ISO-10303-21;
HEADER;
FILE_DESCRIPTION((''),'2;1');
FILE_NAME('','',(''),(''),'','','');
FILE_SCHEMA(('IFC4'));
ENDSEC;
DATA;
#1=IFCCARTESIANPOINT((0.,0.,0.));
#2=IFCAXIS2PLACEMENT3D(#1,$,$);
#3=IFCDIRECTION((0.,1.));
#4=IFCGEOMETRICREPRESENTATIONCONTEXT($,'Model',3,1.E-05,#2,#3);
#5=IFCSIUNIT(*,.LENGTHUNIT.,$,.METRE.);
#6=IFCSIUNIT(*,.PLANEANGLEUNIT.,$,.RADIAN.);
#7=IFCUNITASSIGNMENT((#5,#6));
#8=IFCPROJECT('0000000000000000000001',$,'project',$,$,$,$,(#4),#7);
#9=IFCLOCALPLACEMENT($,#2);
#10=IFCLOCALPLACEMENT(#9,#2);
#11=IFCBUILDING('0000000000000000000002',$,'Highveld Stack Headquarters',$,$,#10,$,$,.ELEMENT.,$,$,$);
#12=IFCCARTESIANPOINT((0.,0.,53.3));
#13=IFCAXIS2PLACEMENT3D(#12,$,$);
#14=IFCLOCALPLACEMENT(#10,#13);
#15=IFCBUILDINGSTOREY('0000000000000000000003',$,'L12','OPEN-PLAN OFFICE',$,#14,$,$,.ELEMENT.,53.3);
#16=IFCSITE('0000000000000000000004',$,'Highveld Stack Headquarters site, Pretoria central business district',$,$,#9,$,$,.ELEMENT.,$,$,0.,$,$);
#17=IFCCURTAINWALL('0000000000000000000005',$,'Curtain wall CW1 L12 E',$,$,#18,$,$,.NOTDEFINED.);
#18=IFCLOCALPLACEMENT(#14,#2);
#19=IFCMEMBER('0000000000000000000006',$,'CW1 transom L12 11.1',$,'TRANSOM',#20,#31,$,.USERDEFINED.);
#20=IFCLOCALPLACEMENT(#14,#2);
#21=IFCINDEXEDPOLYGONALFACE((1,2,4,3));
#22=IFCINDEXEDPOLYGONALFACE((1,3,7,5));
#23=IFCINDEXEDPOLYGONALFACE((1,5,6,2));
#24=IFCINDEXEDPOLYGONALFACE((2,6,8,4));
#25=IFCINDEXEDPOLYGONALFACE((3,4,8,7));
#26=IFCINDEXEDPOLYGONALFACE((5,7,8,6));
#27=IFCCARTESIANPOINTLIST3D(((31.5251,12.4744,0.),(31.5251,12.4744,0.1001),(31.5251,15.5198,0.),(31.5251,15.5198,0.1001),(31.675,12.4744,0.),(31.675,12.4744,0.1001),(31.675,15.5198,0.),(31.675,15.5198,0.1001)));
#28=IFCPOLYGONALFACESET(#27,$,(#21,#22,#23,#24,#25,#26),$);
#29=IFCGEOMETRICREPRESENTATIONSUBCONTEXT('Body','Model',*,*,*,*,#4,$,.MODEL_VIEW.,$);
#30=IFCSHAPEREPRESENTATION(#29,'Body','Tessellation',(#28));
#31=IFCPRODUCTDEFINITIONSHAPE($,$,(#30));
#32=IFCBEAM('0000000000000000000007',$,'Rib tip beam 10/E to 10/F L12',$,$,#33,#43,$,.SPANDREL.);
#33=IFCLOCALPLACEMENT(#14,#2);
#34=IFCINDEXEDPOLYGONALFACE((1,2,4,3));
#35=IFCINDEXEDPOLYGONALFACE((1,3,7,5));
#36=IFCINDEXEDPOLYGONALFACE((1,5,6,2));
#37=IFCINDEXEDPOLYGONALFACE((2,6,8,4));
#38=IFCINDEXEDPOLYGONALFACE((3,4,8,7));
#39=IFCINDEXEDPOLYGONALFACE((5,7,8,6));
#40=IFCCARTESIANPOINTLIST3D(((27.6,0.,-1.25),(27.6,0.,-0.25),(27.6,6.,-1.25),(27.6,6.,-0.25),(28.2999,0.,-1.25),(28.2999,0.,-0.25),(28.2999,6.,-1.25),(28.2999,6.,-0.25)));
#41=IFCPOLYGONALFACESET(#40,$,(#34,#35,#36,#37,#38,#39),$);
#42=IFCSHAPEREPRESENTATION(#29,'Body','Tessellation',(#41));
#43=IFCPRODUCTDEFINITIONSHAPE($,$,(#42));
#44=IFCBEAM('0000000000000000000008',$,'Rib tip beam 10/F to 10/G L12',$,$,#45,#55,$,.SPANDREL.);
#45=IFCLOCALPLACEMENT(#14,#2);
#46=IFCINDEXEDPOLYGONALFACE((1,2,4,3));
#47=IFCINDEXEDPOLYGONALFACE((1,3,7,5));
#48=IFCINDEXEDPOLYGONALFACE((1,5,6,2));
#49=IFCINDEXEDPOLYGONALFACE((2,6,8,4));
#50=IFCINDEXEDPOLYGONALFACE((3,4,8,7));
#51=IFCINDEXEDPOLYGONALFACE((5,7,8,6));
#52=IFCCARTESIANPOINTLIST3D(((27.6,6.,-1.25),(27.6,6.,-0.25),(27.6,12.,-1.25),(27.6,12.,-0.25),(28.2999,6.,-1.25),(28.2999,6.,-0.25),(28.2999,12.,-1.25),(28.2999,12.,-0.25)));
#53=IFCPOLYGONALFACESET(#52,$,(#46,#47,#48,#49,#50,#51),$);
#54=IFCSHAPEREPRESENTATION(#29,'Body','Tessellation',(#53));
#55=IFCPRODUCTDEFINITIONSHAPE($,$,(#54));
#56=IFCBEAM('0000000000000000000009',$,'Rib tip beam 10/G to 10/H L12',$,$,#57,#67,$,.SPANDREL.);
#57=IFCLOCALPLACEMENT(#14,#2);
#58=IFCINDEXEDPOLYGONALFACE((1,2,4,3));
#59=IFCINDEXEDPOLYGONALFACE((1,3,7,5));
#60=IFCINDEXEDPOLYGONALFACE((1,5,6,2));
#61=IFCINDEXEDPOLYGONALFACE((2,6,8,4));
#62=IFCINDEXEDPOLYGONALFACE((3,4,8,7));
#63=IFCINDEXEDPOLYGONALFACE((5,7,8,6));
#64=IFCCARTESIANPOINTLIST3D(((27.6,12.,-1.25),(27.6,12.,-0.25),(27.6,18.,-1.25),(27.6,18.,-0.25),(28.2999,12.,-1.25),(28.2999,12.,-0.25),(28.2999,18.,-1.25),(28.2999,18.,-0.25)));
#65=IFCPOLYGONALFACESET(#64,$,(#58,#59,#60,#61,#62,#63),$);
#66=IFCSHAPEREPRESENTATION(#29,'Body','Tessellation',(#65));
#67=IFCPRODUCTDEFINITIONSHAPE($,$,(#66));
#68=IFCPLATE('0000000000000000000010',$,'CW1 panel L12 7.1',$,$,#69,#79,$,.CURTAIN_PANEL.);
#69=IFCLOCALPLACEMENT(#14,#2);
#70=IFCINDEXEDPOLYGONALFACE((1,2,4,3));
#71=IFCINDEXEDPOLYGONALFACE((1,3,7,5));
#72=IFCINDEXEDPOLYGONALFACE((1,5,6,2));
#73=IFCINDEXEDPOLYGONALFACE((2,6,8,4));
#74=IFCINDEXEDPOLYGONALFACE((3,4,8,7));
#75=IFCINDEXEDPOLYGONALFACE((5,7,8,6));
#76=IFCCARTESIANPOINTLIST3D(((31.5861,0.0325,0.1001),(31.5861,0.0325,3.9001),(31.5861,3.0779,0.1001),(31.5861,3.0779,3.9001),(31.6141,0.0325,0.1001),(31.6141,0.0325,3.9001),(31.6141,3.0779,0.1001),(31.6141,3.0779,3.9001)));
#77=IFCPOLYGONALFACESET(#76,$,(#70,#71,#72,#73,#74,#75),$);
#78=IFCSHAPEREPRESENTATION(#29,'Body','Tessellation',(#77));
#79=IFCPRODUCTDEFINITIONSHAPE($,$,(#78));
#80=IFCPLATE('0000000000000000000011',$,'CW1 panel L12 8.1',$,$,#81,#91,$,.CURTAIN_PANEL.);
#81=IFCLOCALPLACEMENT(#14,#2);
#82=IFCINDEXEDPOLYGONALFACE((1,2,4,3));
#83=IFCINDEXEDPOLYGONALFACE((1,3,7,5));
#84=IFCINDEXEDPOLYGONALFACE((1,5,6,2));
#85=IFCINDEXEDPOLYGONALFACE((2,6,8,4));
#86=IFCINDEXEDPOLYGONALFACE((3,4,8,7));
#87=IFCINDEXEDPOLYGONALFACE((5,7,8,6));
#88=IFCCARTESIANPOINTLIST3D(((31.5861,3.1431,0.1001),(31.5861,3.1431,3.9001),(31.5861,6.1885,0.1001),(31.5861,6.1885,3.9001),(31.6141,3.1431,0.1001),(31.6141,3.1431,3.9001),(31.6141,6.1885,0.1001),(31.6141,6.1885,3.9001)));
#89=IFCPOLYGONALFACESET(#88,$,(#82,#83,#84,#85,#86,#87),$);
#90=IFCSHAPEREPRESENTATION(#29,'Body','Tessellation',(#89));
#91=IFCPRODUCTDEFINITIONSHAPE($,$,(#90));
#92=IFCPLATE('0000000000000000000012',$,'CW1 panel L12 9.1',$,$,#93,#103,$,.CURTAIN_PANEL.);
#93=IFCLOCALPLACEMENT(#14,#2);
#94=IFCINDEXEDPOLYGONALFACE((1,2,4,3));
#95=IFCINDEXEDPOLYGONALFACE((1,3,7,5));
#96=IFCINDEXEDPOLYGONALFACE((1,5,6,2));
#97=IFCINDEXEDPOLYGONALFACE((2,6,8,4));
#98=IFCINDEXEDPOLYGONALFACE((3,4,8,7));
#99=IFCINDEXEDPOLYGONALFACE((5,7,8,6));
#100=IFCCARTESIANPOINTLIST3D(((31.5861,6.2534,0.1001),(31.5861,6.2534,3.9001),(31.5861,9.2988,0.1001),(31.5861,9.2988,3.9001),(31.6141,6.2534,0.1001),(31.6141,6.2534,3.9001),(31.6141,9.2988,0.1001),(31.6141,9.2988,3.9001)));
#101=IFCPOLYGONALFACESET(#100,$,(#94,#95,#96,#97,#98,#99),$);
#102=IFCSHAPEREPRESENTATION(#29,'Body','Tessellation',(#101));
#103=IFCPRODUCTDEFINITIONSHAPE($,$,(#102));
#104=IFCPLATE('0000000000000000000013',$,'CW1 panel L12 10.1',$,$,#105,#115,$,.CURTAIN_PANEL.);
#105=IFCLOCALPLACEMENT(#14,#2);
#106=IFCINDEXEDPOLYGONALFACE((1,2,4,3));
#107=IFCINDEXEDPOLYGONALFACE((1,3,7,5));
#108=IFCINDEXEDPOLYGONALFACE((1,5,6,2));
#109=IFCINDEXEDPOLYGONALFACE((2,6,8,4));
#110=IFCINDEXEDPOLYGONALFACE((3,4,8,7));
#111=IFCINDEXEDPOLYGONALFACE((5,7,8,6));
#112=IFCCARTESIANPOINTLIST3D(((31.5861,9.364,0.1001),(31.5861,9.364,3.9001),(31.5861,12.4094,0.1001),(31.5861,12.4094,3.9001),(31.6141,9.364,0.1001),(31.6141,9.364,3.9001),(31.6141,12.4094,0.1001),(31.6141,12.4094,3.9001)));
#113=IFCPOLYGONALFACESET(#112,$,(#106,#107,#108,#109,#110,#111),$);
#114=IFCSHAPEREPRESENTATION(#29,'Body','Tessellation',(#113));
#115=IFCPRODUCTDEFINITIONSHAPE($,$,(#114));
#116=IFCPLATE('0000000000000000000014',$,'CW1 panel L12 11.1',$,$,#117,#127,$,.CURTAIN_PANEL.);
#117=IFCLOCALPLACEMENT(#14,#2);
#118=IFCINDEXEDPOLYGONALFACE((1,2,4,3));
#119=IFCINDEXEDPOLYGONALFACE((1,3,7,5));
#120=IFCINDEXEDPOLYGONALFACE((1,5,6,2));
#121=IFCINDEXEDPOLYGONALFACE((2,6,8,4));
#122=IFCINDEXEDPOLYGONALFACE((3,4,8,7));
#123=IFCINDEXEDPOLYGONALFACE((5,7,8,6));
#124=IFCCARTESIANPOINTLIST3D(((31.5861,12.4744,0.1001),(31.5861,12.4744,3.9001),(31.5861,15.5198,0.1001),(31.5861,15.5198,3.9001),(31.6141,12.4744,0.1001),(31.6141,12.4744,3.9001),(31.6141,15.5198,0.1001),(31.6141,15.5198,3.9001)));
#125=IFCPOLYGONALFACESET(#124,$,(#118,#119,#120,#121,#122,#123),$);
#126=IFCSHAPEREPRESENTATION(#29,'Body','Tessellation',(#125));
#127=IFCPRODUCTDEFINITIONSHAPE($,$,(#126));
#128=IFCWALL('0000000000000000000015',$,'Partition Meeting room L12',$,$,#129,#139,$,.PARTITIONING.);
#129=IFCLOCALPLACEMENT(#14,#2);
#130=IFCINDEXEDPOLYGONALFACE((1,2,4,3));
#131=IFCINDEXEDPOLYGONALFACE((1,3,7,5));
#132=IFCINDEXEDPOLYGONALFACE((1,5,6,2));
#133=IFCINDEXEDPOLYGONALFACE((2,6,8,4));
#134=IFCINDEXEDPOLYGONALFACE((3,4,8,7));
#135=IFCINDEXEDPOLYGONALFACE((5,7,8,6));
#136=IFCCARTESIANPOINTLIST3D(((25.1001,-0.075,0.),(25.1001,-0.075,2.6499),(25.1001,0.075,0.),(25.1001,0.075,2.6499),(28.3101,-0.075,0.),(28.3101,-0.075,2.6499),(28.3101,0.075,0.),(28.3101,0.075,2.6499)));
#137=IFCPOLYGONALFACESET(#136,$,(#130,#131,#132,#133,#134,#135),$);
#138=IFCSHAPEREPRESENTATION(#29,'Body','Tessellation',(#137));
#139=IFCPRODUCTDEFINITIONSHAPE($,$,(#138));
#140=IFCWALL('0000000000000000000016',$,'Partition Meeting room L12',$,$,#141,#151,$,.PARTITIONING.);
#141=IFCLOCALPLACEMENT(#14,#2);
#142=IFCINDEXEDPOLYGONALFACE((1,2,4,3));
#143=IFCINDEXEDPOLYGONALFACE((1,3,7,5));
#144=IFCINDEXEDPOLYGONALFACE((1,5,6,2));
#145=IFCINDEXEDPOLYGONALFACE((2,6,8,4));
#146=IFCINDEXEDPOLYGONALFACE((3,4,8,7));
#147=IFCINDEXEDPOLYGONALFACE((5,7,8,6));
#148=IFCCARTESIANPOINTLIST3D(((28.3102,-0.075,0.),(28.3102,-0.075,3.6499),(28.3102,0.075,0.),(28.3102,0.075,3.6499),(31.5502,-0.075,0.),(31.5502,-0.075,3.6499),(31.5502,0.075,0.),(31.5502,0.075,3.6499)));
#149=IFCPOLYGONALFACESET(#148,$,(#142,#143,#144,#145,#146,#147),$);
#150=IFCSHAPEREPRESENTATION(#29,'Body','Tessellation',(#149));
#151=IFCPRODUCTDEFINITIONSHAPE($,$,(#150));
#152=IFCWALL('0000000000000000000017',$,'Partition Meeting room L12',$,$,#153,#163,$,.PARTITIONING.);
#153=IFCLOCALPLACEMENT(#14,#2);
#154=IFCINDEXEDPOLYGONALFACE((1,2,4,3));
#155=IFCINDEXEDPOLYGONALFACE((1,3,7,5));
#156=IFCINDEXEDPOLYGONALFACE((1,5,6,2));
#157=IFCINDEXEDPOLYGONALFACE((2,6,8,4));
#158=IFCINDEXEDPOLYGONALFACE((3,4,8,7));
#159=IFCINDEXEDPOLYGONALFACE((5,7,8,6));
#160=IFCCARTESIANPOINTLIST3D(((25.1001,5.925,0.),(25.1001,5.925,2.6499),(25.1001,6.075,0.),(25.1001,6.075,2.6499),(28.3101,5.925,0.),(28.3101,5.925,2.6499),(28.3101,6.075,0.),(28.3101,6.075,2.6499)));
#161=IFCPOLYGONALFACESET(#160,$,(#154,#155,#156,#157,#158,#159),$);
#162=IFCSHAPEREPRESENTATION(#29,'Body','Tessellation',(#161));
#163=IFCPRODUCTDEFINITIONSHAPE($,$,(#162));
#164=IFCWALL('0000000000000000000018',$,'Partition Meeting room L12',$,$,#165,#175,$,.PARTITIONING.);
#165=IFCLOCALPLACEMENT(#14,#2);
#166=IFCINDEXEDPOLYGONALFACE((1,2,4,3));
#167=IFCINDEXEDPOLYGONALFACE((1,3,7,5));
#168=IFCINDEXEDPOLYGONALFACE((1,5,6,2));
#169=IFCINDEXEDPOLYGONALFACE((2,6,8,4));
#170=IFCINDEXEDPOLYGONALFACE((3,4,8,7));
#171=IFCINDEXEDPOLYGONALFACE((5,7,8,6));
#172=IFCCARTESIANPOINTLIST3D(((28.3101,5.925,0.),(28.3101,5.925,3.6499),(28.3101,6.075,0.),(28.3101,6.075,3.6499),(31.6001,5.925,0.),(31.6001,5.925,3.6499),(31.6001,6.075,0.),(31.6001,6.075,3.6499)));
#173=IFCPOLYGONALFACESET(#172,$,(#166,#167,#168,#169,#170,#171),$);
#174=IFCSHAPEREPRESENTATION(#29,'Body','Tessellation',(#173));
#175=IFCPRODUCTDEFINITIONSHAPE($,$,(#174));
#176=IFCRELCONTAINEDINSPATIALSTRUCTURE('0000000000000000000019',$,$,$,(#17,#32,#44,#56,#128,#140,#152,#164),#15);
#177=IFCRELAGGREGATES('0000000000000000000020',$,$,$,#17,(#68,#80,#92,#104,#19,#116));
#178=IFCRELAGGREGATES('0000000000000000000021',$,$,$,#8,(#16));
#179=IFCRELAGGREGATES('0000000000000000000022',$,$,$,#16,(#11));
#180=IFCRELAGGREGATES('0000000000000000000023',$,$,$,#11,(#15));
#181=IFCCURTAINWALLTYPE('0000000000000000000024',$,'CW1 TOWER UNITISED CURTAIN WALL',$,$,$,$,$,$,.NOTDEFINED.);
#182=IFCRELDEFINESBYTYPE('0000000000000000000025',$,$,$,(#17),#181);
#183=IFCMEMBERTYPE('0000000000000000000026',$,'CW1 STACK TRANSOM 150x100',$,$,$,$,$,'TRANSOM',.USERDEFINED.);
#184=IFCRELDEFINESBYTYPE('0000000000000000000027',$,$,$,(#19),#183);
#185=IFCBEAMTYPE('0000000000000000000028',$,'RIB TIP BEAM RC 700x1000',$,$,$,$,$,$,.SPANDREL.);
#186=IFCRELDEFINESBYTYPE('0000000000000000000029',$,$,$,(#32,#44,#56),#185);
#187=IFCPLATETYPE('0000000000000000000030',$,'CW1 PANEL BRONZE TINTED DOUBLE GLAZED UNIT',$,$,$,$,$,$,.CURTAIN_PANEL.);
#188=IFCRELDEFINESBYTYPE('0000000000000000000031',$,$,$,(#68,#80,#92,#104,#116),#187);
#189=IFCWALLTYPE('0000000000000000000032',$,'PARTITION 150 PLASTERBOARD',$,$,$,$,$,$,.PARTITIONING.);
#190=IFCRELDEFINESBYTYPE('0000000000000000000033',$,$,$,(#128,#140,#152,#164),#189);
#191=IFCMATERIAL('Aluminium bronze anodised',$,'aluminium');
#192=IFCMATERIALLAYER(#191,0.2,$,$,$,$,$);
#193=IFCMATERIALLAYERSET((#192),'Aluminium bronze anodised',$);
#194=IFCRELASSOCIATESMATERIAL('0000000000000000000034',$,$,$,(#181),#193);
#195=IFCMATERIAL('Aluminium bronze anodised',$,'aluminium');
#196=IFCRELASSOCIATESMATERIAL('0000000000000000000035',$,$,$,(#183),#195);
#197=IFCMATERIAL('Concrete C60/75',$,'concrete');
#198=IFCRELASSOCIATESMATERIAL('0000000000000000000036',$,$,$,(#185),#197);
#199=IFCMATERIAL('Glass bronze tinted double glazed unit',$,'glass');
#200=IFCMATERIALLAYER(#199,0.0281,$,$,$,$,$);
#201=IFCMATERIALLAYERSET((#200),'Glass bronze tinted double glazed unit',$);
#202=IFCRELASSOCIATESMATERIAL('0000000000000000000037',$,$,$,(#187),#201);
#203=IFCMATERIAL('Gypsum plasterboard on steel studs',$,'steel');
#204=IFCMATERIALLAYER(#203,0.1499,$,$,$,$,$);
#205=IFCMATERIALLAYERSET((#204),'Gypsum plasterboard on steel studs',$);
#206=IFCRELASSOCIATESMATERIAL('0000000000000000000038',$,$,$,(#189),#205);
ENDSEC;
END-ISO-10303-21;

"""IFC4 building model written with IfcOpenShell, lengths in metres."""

from ifc_helpers import new_model, si_unit, direction, frame, frame_2d, origin, origin_2d, place, context, subcontext, project, spatial, rectangle, extrude, material, layer, layer_set, material_profile, profile_set, type_object, element, aggregate, save


model = new_model("IFC4")

# Units and contexts
model_context = context("Model", 3, precision=1e-05, world=origin(), true_north=direction((0.0, 1.0)))
body_context = subcontext(model_context, "Body", "Model", "MODEL_VIEW")
ifc_project = project(units=[si_unit("LENGTHUNIT", "METRE"), si_unit("PLANEANGLEUNIT", "RADIAN")], contexts=[model_context])

# Site, building, storey
site_placement = place(None, origin())
site = spatial("IfcSite", under=ifc_project, at=site_placement, Name="Highveld Stack Headquarters site, Pretoria central business district", CompositionType="ELEMENT", RefElevation=0.0)
building_placement = place(site_placement, origin())
building = spatial("IfcBuilding", under=site, at=building_placement, Name="Highveld Stack Headquarters", CompositionType="ELEMENT")
storey_placement = place(building_placement, frame((0.0, 0.0, 53.3)))
storey = spatial("IfcBuildingStorey", under=building, at=storey_placement, Name="L12", Description="OPEN-PLAN OFFICE", CompositionType="ELEMENT", Elevation=53.3)

# Curtain wall, member
ifc_material_1 = material(Name="Aluminium bronze anodised", Category="aluminium")
ifc_layer_1 = layer(ifc_material_1, 0.2)
ifc_layer_set_1 = layer_set([ifc_layer_1], Name="Aluminium bronze anodised")
curtain_wall_type = type_object("IfcCurtainWallType", Name="CW1 TOWER UNITISED CURTAIN WALL", PredefinedType="NOTDEFINED", material=ifc_layer_set_1)
curtain_wall_placement = place(storey_placement, origin())
curtain_wall = element("IfcCurtainWall", 1, at=curtain_wall_placement, inside=storey, type_object=curtain_wall_type, Name="Curtain wall CW1 L12 E", PredefinedType="NOTDEFINED")
ifc_material_2 = material(Name="Aluminium bronze anodised", Category="aluminium")
ifc_material_profile_1 = material_profile(ifc_material_2, rectangle(XDim=0.1499, YDim=0.1001, at=origin_2d()), Name="CW1 TRANSOM 150x100")
ifc_profile_set_1 = profile_set([ifc_material_profile_1], Name="Aluminium bronze anodised")
member_type_1 = type_object("IfcMemberType", Name="CW1 STACK TRANSOM 150x100", ElementType="TRANSOM", PredefinedType="USERDEFINED", material=ifc_profile_set_1)
member_1_placement = place(storey_placement, frame((31.6001, 12.4744, 0.05), z_axis=(0.0, 1.0, 0.0), x_axis=(-1.0, 0.0, 0.0)))
member_1 = element("IfcMember", 2, at=member_1_placement, type_object=member_type_1, Name="CW1 transom L12 11.1", ObjectType="TRANSOM", PredefinedType="USERDEFINED", context=body_context, shape_type="SweptSolid", body=[
    extrude(rectangle(XDim=0.1499, YDim=0.1001, at=origin_2d()), origin(), (0.0, 0.0, 1.0), 3.0454),
])

# Beams
ifc_material_3 = material(Name="Concrete C60/75", Category="concrete")
ifc_material_profile_2 = material_profile(ifc_material_3, rectangle(XDim=0.7, YDim=1.0, at=origin_2d()), Name="RC 700x1000")
ifc_profile_set_2 = profile_set([ifc_material_profile_2], Name="Concrete C60/75")
beam_type = type_object("IfcBeamType", Name="RIB TIP BEAM RC 700x1000", PredefinedType="SPANDREL", material=ifc_profile_set_2)
for number, where, z_axis, x_axis, name in (
    (3, (27.95, 0.0, -0.75), (0.0, 1.0, 0.0), (-1.0, 0.0, 0.0), "Rib tip beam 10/E to 10/F L12"),
    (4, (27.95, 6.0, -0.75), (0.0, 1.0, 0.0), (-1.0, 0.0, 0.0), "Rib tip beam 10/F to 10/G L12"),
    (5, (27.95, 12.0, -0.75), (0.0, 1.0, 0.0), (-1.0, 0.0, 0.0), "Rib tip beam 10/G to 10/H L12"),
):
    element("IfcBeam", number, at=place(storey_placement, frame(where, z_axis=z_axis, x_axis=x_axis)), inside=storey, type_object=beam_type, Name=name, PredefinedType="SPANDREL", context=body_context, shape_type="SweptSolid", body=[
        extrude(rectangle(XDim=0.7, YDim=1.0, at=origin_2d()), origin(), (0.0, 0.0, 1.0), 6.0),
    ])

# Plates
ifc_material_4 = material(Name="Glass bronze tinted double glazed unit", Category="glass")
ifc_layer_2 = layer(ifc_material_4, 0.0281)
ifc_layer_set_2 = layer_set([ifc_layer_2], Name="Glass bronze tinted double glazed unit")
plate_type = type_object("IfcPlateType", Name="CW1 PANEL BRONZE TINTED DOUBLE GLAZED UNIT", PredefinedType="CURTAIN_PANEL", material=ifc_layer_set_2)
plate_1_placement = place(storey_placement, frame((31.6001, 1.5552, 0.1001), z_axis=(0.0, 0.0, 1.0), x_axis=(0.0, 1.0, 0.0)))
plate_1 = element("IfcPlate", 6, at=plate_1_placement, type_object=plate_type, Name="CW1 panel L12 7.1", PredefinedType="CURTAIN_PANEL", context=body_context, shape_type="SweptSolid", body=[
    extrude(rectangle(XDim=3.0454, YDim=0.0281, at=origin_2d()), origin(), (0.0, 0.0, 1.0), 3.8),
])
plate_2_placement = place(storey_placement, frame((31.6001, 4.6658, 0.1001), z_axis=(0.0, 0.0, 1.0), x_axis=(0.0, 1.0, 0.0)))
plate_2 = element("IfcPlate", 7, at=plate_2_placement, type_object=plate_type, Name="CW1 panel L12 8.1", PredefinedType="CURTAIN_PANEL", context=body_context, shape_type="SweptSolid", body=[
    extrude(rectangle(XDim=3.0454, YDim=0.0281, at=origin_2d()), origin(), (0.0, 0.0, 1.0), 3.8),
])
plate_3_placement = place(storey_placement, frame((31.6001, 7.7761, 0.1001), z_axis=(0.0, 0.0, 1.0), x_axis=(0.0, 1.0, 0.0)))
plate_3 = element("IfcPlate", 8, at=plate_3_placement, type_object=plate_type, Name="CW1 panel L12 9.1", PredefinedType="CURTAIN_PANEL", context=body_context, shape_type="SweptSolid", body=[
    extrude(rectangle(XDim=3.0454, YDim=0.0281, at=origin_2d()), origin(), (0.0, 0.0, 1.0), 3.8),
])
plate_4_placement = place(storey_placement, frame((31.6001, 10.8867, 0.1001), z_axis=(0.0, 0.0, 1.0), x_axis=(0.0, 1.0, 0.0)))
plate_4 = element("IfcPlate", 9, at=plate_4_placement, type_object=plate_type, Name="CW1 panel L12 10.1", PredefinedType="CURTAIN_PANEL", context=body_context, shape_type="SweptSolid", body=[
    extrude(rectangle(XDim=3.0454, YDim=0.0281, at=origin_2d()), origin(), (0.0, 0.0, 1.0), 3.8),
])
plate_5_placement = place(storey_placement, frame((31.6001, 13.9971, 0.1001), z_axis=(0.0, 0.0, 1.0), x_axis=(0.0, 1.0, 0.0)))
plate_5 = element("IfcPlate", 10, at=plate_5_placement, type_object=plate_type, Name="CW1 panel L12 11.1", PredefinedType="CURTAIN_PANEL", context=body_context, shape_type="SweptSolid", body=[
    extrude(rectangle(XDim=3.0454, YDim=0.0281, at=origin_2d()), origin(), (0.0, 0.0, 1.0), 3.8),
])
aggregate(curtain_wall, [plate_1, plate_2, plate_3, plate_4, member_1, plate_5])

# Walls
ifc_material_5 = material(Name="Gypsum plasterboard on steel studs", Category="steel")
ifc_layer_3 = layer(ifc_material_5, 0.1499)
ifc_layer_set_3 = layer_set([ifc_layer_3], Name="Gypsum plasterboard on steel studs")
wall_type = type_object("IfcWallType", Name="PARTITION 150 PLASTERBOARD", PredefinedType="PARTITIONING", material=ifc_layer_set_3)
wall_1_placement = place(storey_placement, frame((25.1001, 0.0, 0.0), z_axis=(0.0, 0.0, 1.0), x_axis=(1.0, 0.0, 0.0)))
element("IfcWall", 11, at=wall_1_placement, inside=storey, type_object=wall_type, Name="Partition Meeting room L12", PredefinedType="PARTITIONING", context=body_context, shape_type="SweptSolid", body=[
    extrude(rectangle(XDim=3.21, YDim=0.1499, at=frame_2d((1.605, 0.0))), origin(), (0.0, 0.0, 1.0), 2.6499),
])
wall_2_placement = place(storey_placement, frame((28.3101, 0.0, 0.0), z_axis=(0.0, 0.0, 1.0), x_axis=(1.0, 0.0, 0.0)))
element("IfcWall", 12, at=wall_2_placement, inside=storey, type_object=wall_type, Name="Partition Meeting room L12", PredefinedType="PARTITIONING", context=body_context, shape_type="SweptSolid", body=[
    extrude(rectangle(XDim=3.24, YDim=0.1499, at=frame_2d((1.6201, 0.0))), origin(), (0.0, 0.0, 1.0), 3.6499),
])
wall_3_placement = place(storey_placement, frame((25.1001, 6.0, 0.0), z_axis=(0.0, 0.0, 1.0), x_axis=(1.0, 0.0, 0.0)))
element("IfcWall", 13, at=wall_3_placement, inside=storey, type_object=wall_type, Name="Partition Meeting room L12", PredefinedType="PARTITIONING", context=body_context, shape_type="SweptSolid", body=[
    extrude(rectangle(XDim=3.21, YDim=0.1499, at=frame_2d((1.605, 0.0))), origin(), (0.0, 0.0, 1.0), 2.6499),
])
wall_4_placement = place(storey_placement, frame((28.3101, 6.0, 0.0), z_axis=(0.0, 0.0, 1.0), x_axis=(1.0, 0.0, 0.0)))
element("IfcWall", 14, at=wall_4_placement, inside=storey, type_object=wall_type, Name="Partition Meeting room L12", PredefinedType="PARTITIONING", context=body_context, shape_type="SweptSolid", body=[
    extrude(rectangle(XDim=3.29, YDim=0.1499, at=frame_2d((1.645, 0.0))), origin(), (0.0, 0.0, 1.0), 3.6499),
])

save(model, "model.ifc")
